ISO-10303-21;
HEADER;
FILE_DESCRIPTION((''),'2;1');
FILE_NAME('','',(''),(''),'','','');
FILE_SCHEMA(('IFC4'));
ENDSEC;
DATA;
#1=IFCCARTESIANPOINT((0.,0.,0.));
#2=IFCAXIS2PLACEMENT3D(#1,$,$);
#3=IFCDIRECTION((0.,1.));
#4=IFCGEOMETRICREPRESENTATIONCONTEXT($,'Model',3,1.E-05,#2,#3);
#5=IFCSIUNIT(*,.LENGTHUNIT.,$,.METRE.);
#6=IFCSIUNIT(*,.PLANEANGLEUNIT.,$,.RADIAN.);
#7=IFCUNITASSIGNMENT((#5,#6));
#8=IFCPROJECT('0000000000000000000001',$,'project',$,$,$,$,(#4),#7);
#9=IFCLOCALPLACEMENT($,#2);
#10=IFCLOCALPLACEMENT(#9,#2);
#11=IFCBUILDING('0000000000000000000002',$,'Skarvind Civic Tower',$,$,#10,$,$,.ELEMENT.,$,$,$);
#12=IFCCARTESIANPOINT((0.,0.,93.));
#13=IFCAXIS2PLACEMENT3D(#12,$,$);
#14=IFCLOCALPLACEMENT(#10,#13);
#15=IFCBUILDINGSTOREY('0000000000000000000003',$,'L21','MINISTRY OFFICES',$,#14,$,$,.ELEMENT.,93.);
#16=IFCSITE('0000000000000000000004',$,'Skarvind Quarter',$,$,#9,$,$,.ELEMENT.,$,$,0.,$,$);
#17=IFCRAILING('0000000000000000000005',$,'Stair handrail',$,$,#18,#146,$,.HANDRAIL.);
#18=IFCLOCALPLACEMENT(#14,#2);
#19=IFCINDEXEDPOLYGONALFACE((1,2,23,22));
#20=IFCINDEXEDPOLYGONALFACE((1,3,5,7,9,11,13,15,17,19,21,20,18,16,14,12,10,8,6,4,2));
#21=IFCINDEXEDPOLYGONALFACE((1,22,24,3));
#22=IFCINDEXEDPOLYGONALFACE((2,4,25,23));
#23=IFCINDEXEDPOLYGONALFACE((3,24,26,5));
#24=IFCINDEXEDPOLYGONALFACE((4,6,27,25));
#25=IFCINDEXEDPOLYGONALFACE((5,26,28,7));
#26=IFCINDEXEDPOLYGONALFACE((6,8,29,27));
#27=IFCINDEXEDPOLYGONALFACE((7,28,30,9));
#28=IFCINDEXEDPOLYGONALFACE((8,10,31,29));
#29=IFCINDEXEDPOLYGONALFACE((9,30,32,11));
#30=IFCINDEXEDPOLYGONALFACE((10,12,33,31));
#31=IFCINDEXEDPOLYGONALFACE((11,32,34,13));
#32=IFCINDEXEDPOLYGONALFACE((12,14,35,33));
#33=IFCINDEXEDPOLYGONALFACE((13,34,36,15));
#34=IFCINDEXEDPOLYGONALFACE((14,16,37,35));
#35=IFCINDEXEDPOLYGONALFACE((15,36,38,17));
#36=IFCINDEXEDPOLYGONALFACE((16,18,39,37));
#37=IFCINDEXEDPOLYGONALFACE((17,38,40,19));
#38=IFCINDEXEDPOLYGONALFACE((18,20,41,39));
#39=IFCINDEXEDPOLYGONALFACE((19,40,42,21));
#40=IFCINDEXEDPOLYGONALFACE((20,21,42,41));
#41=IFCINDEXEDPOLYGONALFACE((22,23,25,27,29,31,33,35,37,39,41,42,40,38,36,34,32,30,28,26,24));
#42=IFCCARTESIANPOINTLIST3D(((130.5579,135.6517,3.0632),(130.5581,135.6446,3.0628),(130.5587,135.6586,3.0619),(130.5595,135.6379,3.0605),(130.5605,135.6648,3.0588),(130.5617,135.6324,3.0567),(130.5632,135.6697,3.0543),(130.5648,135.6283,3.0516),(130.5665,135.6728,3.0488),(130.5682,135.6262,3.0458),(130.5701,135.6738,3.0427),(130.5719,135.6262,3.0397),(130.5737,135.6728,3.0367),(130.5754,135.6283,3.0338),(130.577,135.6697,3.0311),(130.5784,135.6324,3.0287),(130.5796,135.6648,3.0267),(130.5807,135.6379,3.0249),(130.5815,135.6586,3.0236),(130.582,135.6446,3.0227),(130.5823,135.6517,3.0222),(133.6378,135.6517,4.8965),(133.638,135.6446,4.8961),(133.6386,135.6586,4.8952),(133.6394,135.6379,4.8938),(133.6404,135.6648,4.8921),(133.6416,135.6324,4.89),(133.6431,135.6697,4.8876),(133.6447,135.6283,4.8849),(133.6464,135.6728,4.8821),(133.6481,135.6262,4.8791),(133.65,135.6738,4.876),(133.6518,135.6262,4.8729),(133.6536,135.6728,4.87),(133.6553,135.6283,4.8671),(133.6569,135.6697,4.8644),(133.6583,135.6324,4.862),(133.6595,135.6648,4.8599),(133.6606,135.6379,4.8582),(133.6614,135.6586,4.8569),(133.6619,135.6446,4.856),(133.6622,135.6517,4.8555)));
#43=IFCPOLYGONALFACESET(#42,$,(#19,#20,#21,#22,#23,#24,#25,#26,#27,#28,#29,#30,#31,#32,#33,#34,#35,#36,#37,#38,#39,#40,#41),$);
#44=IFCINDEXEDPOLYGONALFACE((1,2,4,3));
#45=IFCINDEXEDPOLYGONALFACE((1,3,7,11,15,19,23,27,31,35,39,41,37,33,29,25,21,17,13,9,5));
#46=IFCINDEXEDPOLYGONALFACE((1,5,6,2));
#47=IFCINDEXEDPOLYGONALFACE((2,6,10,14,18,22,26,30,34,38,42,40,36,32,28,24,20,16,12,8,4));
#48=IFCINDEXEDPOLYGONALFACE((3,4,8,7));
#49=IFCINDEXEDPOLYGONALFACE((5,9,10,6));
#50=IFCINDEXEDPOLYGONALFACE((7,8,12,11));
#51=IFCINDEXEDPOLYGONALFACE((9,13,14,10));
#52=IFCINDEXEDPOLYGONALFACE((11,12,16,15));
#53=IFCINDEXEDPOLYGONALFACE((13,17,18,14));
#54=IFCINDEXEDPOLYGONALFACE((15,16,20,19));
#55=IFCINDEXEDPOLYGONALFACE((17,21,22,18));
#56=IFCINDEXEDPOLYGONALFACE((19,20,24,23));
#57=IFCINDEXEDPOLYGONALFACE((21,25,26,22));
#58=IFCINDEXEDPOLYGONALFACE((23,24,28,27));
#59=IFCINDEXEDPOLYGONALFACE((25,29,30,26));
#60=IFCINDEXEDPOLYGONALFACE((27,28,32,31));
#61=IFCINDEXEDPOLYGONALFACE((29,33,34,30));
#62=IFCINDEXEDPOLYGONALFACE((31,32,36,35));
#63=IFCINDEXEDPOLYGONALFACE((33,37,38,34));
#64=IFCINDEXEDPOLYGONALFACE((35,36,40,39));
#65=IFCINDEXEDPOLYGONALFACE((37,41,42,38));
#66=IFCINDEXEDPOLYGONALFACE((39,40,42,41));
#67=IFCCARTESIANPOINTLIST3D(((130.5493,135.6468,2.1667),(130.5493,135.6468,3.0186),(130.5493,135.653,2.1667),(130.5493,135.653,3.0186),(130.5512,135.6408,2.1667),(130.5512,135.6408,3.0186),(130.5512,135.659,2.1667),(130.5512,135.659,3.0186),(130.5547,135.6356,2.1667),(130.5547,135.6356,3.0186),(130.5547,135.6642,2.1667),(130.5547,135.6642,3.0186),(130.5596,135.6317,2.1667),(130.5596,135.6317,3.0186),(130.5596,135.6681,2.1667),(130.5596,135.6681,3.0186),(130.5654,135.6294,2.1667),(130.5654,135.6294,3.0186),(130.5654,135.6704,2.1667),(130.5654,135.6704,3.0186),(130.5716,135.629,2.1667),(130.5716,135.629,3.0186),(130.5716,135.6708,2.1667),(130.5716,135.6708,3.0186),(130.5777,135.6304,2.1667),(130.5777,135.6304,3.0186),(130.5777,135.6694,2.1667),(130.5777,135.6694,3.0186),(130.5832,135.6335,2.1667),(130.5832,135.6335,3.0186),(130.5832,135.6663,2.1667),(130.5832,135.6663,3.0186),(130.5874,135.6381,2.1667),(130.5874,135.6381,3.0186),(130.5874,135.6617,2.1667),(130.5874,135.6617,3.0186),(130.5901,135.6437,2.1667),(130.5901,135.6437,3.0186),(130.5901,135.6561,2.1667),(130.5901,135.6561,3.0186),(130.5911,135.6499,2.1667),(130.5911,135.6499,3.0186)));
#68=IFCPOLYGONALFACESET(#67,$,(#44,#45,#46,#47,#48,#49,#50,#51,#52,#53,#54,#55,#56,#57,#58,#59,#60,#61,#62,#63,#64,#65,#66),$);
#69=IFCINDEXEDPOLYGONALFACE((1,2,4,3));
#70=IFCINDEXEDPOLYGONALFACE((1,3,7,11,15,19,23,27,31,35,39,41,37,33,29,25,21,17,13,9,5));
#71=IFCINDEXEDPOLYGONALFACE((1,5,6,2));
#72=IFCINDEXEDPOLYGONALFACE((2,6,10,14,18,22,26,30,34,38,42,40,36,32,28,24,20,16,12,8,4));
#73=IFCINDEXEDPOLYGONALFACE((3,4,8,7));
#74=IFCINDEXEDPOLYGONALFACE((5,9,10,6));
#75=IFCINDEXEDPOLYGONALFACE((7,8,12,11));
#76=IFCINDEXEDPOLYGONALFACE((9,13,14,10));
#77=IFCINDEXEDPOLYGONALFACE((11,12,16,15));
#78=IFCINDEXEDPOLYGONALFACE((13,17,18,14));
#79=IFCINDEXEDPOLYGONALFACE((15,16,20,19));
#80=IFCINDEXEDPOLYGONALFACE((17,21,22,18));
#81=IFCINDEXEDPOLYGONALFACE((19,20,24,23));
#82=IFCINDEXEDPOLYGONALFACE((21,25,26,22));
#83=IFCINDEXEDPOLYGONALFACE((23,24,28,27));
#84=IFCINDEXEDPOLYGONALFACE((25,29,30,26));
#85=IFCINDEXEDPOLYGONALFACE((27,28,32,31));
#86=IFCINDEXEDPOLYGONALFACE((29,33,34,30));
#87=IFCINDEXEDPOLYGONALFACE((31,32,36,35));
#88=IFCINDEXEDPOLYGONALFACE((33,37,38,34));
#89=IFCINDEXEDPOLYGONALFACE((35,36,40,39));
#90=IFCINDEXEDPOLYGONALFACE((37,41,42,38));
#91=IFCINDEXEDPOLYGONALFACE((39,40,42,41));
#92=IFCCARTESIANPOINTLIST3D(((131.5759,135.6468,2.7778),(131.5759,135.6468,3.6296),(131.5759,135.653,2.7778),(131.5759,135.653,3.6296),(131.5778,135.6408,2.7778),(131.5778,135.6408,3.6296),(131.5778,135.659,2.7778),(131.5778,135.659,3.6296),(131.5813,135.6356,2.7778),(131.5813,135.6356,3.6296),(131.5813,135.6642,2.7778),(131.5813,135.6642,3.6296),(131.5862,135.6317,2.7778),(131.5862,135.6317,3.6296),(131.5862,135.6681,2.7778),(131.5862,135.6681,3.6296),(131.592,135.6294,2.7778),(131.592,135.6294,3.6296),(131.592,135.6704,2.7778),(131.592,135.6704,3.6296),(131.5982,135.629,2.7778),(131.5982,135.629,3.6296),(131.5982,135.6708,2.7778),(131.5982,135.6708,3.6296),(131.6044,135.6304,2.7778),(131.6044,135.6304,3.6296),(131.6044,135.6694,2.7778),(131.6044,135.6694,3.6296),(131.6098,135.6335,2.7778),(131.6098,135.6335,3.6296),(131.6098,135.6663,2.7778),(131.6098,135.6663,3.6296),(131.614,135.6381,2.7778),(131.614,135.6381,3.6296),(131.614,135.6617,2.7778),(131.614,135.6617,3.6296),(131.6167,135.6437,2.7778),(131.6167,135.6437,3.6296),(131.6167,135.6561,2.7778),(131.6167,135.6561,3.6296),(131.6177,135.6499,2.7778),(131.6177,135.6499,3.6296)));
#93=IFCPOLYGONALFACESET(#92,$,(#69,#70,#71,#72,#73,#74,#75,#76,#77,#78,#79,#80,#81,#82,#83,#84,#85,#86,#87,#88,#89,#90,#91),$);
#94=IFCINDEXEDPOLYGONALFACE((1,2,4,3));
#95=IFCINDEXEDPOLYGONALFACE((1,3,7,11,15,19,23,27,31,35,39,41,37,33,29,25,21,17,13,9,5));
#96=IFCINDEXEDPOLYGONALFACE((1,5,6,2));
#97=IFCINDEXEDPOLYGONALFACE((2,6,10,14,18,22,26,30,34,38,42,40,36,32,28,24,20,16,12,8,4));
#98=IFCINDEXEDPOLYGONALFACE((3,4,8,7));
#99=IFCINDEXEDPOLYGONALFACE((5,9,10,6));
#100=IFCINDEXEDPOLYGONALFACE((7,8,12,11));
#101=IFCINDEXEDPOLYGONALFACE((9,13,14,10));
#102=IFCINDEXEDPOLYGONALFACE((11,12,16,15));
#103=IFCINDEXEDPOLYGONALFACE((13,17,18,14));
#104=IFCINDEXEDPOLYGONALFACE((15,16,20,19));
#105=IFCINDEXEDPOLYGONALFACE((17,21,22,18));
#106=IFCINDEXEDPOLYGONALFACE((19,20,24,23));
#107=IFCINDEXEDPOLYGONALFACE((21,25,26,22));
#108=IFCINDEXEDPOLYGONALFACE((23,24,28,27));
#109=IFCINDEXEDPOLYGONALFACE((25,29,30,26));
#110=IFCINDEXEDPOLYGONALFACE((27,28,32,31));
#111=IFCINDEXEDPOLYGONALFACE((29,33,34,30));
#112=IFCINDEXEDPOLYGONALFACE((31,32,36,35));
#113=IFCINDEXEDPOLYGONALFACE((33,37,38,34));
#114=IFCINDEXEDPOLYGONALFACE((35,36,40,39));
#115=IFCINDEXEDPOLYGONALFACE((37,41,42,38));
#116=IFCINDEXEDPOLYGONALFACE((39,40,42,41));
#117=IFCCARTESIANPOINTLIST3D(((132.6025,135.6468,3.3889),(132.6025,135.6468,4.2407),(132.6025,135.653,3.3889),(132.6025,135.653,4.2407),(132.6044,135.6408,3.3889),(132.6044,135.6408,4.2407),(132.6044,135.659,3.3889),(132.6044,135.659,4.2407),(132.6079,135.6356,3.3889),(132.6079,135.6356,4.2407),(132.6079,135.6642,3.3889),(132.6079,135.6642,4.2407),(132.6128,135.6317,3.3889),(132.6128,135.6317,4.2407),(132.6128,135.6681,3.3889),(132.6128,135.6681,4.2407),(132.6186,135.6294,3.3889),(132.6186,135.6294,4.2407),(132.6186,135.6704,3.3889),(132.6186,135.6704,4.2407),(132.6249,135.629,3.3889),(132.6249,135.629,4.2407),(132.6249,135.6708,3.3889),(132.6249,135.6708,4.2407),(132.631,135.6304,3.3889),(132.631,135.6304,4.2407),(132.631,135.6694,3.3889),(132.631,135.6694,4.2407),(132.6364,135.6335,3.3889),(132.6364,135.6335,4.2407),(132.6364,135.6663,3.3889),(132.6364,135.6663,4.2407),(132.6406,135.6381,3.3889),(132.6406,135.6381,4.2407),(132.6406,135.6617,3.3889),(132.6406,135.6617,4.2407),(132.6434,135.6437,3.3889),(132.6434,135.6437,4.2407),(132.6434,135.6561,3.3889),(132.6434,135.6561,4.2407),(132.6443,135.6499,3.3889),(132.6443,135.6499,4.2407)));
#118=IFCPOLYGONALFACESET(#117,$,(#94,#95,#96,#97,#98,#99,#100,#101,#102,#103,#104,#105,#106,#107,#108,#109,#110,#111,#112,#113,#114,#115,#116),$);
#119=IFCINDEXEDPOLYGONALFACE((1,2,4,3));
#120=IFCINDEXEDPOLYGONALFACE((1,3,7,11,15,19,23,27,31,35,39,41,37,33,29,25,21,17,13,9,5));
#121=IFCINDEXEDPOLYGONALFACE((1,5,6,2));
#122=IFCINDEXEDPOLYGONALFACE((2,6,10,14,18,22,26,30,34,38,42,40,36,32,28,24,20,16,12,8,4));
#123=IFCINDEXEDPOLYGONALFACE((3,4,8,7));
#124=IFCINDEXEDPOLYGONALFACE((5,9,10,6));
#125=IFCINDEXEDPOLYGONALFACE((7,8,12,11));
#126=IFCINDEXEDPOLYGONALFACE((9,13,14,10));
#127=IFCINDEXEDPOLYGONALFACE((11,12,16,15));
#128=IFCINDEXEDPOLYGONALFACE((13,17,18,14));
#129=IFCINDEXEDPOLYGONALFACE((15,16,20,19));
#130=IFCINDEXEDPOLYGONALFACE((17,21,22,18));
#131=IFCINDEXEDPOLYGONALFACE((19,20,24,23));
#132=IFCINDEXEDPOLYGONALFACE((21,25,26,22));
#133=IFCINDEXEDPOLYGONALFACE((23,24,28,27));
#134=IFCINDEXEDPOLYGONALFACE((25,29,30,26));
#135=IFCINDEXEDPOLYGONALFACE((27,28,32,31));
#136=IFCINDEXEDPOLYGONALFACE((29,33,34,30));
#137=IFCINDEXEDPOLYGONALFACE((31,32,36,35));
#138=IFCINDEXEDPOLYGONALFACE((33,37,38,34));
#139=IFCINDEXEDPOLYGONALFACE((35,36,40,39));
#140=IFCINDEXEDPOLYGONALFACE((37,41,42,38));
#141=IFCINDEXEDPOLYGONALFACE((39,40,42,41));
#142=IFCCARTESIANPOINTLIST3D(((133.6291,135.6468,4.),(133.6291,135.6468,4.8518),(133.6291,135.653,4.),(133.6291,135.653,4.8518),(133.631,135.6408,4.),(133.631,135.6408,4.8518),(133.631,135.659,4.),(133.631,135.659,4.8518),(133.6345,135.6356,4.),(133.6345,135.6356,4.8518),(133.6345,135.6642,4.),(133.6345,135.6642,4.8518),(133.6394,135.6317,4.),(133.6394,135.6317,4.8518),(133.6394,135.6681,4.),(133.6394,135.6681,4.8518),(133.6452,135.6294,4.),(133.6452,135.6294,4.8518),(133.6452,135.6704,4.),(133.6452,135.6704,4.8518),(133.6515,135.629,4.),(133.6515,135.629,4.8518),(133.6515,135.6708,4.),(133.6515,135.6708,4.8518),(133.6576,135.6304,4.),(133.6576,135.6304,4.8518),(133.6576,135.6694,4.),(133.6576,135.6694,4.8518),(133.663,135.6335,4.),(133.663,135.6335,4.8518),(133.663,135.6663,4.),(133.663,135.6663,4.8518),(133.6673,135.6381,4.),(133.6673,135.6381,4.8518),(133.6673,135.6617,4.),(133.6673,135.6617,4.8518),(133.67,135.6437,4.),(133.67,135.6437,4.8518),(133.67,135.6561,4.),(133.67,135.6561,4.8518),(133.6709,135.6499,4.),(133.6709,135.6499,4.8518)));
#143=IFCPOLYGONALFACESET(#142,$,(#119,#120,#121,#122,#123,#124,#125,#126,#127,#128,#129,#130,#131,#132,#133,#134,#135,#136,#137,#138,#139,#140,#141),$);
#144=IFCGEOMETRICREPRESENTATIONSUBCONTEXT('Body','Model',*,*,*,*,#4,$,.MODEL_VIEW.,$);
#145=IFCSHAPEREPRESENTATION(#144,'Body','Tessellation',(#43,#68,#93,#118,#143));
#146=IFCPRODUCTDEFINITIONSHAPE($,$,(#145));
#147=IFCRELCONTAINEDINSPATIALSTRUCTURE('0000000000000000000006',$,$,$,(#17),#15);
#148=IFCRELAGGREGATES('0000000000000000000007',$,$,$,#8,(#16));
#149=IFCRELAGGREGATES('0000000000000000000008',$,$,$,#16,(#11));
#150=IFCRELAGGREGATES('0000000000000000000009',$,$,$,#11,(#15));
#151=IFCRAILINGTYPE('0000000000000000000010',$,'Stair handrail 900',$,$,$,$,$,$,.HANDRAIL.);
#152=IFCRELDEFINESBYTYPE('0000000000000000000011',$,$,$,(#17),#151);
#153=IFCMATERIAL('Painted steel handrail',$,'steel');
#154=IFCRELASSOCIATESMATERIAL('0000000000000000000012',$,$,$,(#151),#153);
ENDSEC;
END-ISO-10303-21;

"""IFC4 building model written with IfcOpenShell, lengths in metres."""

from ifc_helpers import new_model, si_unit, direction, frame, origin, origin_2d, place, context, subcontext, project, spatial, circle, extrude, material, type_object, element, save


model = new_model("IFC4")

# Units and contexts
model_context = context("Model", 3, precision=1e-05, world=origin(), true_north=direction((0.0, 1.0)))
body_context = subcontext(model_context, "Body", "Model", "MODEL_VIEW")
ifc_project = project(units=[si_unit("LENGTHUNIT", "METRE"), si_unit("PLANEANGLEUNIT", "RADIAN")], contexts=[model_context])

# Site, building, storey
site_placement = place(None, origin())
site = spatial("IfcSite", under=ifc_project, at=site_placement, Name="Skarvind Quarter", CompositionType="ELEMENT", RefElevation=0.0)
building_placement = place(site_placement, origin())
building = spatial("IfcBuilding", under=site, at=building_placement, Name="Skarvind Civic Tower", CompositionType="ELEMENT")
storey_placement = place(building_placement, frame((0.0, 0.0, 93.0)))
storey = spatial("IfcBuildingStorey", under=building, at=storey_placement, Name="L21", Description="MINISTRY OFFICES", CompositionType="ELEMENT", Elevation=93.0)

# Railing
ifc_material_1 = material(Name="Painted steel handrail", Category="steel")
railing_type = type_object("IfcRailingType", Name="Stair handrail 900", PredefinedType="HANDRAIL", material=ifc_material_1)
railing_1_placement = place(storey_placement, frame((130.5701, 135.6499, 2.1667)))
element("IfcRailing", 1, at=railing_1_placement, inside=storey, type_object=railing_type, Name="Stair handrail", PredefinedType="HANDRAIL", context=body_context, shape_type="SweptSolid", body=[
    extrude(circle(Radius=0.0239, at=origin_2d()), frame((0.0, 0.0, 0.876), z_axis=(0.859291, 0.0, 0.511487), x_axis=(0.0, 1.0, 0.0)), (0.0, 0.0, 1.0), 3.5842),
    extrude(circle(Radius=0.021, at=origin_2d()), origin(), (0.0, 0.0, 1.0), 0.8518),
    extrude(circle(Radius=0.021, at=origin_2d()), frame((1.0266, 0.0, 0.6111)), (0.0, 0.0, 1.0), 0.8518),
    extrude(circle(Radius=0.021, at=origin_2d()), frame((2.0532, 0.0, 1.2222)), (0.0, 0.0, 1.0), 0.8518),
    extrude(circle(Radius=0.021, at=origin_2d()), frame((3.0798, 0.0, 1.8333)), (0.0, 0.0, 1.0), 0.8518),
])

save(model, "model.ifc")
